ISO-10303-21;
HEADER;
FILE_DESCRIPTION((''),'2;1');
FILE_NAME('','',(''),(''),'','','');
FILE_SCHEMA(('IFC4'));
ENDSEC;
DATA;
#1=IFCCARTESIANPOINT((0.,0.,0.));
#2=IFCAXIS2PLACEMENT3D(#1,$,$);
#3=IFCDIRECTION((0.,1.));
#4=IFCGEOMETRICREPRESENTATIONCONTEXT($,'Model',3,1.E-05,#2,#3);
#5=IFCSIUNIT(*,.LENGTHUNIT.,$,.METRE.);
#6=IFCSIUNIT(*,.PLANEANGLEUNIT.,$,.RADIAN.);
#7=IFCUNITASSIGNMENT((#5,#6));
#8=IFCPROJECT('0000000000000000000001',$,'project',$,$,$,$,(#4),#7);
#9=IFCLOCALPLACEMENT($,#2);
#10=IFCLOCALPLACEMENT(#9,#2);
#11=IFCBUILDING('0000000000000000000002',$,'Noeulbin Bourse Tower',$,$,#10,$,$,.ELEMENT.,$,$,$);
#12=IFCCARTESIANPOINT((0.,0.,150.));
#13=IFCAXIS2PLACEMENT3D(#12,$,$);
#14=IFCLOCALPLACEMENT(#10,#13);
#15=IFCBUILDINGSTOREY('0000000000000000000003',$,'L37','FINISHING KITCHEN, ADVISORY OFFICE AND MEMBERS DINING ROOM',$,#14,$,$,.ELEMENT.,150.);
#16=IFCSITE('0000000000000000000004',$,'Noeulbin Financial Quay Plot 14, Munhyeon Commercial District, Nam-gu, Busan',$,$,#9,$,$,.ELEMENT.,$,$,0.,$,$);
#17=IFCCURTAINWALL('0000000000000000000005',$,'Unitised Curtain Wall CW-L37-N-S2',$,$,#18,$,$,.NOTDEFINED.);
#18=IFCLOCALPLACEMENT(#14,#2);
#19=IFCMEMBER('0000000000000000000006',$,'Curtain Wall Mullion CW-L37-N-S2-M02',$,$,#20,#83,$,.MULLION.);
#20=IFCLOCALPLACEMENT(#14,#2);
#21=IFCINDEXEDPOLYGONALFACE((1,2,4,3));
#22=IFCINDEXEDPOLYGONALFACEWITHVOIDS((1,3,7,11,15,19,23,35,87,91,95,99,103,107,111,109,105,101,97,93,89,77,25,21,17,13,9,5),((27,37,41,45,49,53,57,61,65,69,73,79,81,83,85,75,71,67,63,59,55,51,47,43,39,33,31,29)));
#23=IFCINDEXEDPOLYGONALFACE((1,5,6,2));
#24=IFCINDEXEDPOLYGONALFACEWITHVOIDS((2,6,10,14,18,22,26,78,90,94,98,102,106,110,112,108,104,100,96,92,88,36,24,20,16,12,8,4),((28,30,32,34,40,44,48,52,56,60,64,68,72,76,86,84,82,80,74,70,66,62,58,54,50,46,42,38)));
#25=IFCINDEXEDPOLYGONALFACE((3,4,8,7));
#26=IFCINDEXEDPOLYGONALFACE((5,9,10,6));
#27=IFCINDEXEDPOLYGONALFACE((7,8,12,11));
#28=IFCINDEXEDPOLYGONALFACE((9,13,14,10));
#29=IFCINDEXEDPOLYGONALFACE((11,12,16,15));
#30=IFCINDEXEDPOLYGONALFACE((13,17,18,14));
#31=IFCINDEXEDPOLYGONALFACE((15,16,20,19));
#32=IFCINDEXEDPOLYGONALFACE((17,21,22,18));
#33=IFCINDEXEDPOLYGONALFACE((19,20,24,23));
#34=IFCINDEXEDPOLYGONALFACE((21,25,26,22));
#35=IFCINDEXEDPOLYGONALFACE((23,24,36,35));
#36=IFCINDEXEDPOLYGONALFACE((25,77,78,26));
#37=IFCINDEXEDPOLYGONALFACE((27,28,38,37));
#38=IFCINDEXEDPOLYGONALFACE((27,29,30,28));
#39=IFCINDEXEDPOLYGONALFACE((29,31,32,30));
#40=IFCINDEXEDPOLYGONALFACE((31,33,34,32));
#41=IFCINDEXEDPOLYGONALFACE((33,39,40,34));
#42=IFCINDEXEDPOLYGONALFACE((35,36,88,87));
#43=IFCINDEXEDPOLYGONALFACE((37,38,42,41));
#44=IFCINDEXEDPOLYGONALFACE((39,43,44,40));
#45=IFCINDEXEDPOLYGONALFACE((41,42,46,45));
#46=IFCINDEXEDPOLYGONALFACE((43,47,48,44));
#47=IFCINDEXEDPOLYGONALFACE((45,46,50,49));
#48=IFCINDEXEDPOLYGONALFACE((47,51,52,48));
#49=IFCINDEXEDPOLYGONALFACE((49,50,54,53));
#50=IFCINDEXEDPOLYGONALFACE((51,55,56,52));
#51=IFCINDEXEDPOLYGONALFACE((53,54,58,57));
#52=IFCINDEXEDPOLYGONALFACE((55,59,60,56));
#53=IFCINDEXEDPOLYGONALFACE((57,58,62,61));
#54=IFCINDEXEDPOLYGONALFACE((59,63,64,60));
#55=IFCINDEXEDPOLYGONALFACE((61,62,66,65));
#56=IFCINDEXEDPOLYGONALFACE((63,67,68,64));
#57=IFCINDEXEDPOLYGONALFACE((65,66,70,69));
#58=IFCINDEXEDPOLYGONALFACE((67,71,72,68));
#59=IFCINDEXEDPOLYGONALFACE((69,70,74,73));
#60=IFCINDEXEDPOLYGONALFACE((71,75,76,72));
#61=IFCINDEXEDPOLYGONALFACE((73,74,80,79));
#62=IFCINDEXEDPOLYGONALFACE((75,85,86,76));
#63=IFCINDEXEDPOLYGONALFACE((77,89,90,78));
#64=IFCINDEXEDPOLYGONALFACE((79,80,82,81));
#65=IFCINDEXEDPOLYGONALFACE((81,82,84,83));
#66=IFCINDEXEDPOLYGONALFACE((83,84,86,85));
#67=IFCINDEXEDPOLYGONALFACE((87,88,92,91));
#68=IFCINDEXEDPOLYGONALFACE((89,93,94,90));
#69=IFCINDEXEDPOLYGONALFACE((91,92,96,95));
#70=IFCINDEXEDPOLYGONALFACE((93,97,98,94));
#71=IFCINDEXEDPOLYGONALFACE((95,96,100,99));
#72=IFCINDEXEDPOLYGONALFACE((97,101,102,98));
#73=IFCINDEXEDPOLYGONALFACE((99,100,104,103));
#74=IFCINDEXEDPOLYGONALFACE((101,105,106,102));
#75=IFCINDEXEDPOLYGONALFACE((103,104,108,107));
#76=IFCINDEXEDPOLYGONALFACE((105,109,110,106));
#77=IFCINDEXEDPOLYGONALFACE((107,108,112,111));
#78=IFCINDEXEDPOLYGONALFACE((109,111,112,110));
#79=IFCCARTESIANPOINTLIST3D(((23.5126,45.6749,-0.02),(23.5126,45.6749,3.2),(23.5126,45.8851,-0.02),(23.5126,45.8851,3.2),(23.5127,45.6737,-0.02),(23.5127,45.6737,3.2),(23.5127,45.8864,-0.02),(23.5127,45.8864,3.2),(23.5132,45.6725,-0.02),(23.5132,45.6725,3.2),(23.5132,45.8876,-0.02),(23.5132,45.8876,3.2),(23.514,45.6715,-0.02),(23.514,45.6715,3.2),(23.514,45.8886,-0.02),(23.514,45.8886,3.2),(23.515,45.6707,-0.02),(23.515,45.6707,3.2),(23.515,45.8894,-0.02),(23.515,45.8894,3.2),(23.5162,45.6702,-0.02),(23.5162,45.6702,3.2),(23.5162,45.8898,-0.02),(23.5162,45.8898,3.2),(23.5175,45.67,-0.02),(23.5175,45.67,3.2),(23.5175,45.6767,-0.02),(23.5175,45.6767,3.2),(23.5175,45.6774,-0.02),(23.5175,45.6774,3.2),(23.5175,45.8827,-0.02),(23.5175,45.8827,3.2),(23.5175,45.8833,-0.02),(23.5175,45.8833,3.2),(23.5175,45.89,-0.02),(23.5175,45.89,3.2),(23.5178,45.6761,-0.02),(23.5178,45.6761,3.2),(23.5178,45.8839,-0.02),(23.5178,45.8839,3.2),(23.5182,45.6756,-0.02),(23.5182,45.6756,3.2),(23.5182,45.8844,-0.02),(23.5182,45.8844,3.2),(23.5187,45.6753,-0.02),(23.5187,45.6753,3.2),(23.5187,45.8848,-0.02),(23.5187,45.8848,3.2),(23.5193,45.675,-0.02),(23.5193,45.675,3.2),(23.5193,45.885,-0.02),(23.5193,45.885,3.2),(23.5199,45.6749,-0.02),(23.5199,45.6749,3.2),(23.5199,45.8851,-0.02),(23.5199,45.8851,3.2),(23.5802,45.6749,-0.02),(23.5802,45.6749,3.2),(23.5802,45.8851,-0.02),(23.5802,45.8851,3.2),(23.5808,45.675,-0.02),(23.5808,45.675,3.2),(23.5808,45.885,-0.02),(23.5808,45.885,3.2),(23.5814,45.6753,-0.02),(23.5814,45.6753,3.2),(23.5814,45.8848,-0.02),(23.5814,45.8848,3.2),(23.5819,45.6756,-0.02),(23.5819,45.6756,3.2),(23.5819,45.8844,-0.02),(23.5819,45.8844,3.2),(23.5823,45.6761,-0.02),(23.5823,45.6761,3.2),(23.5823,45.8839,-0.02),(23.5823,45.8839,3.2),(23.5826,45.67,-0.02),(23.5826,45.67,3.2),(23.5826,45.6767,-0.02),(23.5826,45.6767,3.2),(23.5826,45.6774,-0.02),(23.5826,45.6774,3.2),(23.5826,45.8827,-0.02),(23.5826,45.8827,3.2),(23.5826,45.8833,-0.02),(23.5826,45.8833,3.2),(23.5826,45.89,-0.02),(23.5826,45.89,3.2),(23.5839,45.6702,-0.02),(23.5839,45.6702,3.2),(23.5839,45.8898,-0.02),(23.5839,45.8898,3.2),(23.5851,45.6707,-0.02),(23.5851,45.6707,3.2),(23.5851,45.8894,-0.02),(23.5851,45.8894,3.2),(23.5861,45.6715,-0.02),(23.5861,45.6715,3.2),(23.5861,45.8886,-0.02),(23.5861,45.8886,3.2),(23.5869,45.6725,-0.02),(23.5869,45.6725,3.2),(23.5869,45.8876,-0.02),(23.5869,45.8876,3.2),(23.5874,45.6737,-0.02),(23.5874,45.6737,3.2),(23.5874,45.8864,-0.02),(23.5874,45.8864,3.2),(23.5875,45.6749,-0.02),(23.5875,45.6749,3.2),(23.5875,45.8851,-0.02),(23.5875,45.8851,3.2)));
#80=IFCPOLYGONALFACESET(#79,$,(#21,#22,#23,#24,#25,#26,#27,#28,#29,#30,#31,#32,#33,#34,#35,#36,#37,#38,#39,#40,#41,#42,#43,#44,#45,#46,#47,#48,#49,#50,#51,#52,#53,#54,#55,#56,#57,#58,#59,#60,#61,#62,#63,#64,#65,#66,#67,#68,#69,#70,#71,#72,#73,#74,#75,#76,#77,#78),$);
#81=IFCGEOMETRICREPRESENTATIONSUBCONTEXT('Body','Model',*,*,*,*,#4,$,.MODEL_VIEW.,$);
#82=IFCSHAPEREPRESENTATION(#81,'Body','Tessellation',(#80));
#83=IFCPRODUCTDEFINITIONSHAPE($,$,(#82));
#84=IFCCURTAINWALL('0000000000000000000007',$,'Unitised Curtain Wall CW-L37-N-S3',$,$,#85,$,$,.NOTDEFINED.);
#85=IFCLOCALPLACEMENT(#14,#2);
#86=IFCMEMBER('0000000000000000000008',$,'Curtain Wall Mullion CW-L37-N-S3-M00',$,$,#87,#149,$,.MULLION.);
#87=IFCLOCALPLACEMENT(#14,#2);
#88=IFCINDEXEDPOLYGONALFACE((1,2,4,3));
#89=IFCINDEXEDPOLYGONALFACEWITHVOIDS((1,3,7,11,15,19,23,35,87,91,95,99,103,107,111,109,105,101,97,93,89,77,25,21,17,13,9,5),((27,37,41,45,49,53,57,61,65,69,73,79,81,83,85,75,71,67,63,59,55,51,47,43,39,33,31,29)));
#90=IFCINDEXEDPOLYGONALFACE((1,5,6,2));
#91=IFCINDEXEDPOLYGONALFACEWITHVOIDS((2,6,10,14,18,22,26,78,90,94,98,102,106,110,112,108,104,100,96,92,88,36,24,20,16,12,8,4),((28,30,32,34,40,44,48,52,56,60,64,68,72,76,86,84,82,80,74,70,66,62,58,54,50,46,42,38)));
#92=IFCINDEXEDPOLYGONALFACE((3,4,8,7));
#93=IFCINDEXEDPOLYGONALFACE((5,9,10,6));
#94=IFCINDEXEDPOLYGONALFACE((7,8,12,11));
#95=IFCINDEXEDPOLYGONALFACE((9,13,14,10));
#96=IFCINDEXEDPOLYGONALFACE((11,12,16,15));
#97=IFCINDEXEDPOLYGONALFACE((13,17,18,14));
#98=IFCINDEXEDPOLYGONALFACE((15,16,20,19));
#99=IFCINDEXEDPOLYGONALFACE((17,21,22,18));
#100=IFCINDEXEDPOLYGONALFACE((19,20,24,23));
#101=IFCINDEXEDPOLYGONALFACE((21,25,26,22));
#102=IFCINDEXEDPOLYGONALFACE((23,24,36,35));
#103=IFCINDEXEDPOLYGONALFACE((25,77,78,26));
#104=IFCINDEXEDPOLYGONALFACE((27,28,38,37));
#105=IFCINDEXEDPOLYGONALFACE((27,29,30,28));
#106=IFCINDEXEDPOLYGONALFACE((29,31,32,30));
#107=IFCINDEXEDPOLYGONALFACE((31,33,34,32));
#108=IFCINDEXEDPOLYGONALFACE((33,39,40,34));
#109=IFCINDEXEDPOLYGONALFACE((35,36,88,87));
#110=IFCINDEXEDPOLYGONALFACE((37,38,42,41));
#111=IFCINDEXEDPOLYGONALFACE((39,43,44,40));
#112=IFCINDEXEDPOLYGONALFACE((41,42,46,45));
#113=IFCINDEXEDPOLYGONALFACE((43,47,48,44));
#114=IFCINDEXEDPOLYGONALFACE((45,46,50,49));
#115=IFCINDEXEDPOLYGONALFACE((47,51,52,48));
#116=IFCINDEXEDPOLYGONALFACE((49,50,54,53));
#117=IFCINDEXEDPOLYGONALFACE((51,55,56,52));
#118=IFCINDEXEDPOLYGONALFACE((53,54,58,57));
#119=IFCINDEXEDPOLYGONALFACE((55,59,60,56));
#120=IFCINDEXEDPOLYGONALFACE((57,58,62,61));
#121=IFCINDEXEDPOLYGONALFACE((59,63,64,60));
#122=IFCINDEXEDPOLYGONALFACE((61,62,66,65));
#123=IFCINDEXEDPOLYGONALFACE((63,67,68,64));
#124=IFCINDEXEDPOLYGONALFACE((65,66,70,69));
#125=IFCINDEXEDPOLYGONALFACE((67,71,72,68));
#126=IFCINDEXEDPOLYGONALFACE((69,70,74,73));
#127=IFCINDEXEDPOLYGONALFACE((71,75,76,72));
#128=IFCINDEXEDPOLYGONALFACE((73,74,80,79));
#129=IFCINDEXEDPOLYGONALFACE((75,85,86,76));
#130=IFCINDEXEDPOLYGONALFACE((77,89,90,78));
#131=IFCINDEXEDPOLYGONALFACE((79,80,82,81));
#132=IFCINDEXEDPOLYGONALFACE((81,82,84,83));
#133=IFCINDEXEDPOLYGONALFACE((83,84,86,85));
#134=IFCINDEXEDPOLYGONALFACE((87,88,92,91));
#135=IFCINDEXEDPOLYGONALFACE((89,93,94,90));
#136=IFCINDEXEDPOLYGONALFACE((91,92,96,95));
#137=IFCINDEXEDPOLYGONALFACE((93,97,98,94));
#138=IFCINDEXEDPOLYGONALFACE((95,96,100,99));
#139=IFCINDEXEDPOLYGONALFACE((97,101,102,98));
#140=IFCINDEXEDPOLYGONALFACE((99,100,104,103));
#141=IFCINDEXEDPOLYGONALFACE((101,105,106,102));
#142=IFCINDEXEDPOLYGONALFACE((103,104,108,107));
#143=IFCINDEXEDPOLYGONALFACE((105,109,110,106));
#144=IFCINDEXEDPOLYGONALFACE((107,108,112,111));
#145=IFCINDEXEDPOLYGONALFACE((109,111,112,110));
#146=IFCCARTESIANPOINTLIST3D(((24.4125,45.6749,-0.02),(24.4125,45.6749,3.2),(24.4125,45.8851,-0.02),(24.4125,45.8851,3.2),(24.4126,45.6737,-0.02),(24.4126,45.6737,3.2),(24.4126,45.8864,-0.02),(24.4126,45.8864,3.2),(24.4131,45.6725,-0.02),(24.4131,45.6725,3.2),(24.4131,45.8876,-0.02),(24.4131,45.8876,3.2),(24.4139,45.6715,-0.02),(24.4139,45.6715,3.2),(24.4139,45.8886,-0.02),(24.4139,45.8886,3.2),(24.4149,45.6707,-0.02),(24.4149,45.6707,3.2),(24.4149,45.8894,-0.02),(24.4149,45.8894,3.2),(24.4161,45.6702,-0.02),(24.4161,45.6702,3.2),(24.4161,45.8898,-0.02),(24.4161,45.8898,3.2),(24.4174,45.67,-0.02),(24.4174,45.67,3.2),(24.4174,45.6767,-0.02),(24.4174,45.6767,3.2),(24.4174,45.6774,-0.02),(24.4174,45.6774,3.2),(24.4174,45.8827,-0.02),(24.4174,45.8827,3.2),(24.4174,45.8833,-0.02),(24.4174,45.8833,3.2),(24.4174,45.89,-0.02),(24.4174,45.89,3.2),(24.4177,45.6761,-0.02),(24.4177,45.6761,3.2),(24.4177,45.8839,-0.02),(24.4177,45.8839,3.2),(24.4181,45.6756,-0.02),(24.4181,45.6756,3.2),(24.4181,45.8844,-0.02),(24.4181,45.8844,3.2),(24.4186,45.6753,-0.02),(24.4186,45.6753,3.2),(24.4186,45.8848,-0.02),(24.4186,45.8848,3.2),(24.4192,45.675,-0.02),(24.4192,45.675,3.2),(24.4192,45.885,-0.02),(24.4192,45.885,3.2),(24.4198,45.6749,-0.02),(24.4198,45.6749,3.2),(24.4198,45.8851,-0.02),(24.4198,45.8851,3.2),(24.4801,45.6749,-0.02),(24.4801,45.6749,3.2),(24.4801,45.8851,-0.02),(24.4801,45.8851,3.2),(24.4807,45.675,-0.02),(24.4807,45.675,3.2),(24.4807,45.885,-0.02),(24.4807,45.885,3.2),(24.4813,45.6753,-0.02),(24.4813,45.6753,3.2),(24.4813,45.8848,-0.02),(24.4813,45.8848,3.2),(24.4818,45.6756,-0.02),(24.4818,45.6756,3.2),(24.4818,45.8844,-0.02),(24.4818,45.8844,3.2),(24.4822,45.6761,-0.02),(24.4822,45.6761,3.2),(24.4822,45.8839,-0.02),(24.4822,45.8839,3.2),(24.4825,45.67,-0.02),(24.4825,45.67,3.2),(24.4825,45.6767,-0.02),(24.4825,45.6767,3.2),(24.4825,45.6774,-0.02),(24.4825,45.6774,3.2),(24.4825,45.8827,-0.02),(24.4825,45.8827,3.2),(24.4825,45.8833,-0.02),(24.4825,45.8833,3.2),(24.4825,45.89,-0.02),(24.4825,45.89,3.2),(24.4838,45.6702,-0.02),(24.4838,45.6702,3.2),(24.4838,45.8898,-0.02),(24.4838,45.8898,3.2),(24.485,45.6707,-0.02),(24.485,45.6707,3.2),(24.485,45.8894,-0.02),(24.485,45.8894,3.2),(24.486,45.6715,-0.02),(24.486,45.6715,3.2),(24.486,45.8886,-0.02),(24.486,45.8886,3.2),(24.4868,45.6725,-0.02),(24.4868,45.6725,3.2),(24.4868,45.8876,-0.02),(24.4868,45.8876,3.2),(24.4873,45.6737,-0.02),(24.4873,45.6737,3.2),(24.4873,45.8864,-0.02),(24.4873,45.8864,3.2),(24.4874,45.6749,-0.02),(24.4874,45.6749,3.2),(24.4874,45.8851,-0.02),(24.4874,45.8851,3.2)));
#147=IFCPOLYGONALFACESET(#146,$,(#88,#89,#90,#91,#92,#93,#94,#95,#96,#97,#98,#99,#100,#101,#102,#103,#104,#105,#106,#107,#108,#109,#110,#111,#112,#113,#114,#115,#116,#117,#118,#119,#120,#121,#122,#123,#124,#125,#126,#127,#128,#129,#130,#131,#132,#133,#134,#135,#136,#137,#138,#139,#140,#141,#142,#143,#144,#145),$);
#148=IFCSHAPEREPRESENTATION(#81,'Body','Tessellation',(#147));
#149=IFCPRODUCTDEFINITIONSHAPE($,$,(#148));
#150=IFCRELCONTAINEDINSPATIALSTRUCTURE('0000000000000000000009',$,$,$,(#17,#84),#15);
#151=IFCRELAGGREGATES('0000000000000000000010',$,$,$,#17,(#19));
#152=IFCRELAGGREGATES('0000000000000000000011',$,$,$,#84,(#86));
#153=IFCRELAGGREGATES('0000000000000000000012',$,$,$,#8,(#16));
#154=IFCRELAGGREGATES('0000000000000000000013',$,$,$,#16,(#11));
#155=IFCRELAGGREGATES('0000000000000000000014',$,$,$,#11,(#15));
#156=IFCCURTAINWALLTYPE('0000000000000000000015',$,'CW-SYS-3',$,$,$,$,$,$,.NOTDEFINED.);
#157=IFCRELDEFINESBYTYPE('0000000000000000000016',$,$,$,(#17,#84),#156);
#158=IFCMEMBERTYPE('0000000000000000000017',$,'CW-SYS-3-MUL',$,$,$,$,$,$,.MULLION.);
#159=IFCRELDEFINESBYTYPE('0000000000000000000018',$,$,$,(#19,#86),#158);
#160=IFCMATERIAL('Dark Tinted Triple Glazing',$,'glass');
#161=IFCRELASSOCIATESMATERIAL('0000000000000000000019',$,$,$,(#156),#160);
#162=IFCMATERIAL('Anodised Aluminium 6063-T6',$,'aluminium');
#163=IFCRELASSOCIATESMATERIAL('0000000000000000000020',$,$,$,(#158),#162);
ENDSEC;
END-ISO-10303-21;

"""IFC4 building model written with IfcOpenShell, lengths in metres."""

from ifc_helpers import new_model, si_unit, direction, frame, origin, origin_2d, place, context, subcontext, project, spatial, hollow_rectangle, extrude, material, material_profile, profile_set, type_object, element, aggregate, save


model = new_model("IFC4")

# Units and contexts
model_context = context("Model", 3, precision=1e-05, world=origin(), true_north=direction((0.0, 1.0)))
body_context = subcontext(model_context, "Body", "Model", "MODEL_VIEW")
ifc_project = project(units=[si_unit("LENGTHUNIT", "METRE"), si_unit("PLANEANGLEUNIT", "RADIAN")], contexts=[model_context])

# Site, building, storey
site_placement = place(None, origin())
site = spatial("IfcSite", under=ifc_project, at=site_placement, Name="Noeulbin Financial Quay Plot 14, Munhyeon Commercial District, Nam-gu, Busan", CompositionType="ELEMENT", RefElevation=0.0)
building_placement = place(site_placement, origin())
building = spatial("IfcBuilding", under=site, at=building_placement, Name="Noeulbin Bourse Tower", CompositionType="ELEMENT")
storey_placement = place(building_placement, frame((0.0, 0.0, 150.0)))
storey = spatial("IfcBuildingStorey", under=building, at=storey_placement, Name="L37", Description="FINISHING KITCHEN, ADVISORY OFFICE AND MEMBERS DINING ROOM", CompositionType="ELEMENT", Elevation=150.0)

# Curtain walls, members
ifc_material_1 = material(Name="Dark Tinted Triple Glazing", Category="glass")
curtain_wall_type = type_object("IfcCurtainWallType", Name="CW-SYS-3", PredefinedType="NOTDEFINED", material=ifc_material_1)
curtain_wall_1_placement = place(storey_placement, origin())
curtain_wall_1 = element("IfcCurtainWall", 1, at=curtain_wall_1_placement, inside=storey, type_object=curtain_wall_type, Name="Unitised Curtain Wall CW-L37-N-S2", PredefinedType="NOTDEFINED")
ifc_material_2 = material(Name="Anodised Aluminium 6063-T6", Category="aluminium")
ifc_material_profile_1 = material_profile(ifc_material_2, hollow_rectangle(XDim=0.075, YDim=0.22, WallThickness=0.0049, InnerFilletRadius=0.0024, OuterFilletRadius=0.0049, at=origin_2d()), Name="ALU-MULL-75x220x5", Category="LoadBearing")
ifc_profile_set_1 = profile_set([ifc_material_profile_1], Name="Anodised Aluminium 6063-T6")
member_type_1 = type_object("IfcMemberType", Name="CW-SYS-3-MUL", PredefinedType="MULLION", material=ifc_profile_set_1)
member_1_placement = place(storey_placement, frame((23.55, 45.78, -0.02), z_axis=(0.0, 0.0, 1.0), x_axis=(1.0, 0.0, 0.0)))
member_1 = element("IfcMember", 2, at=member_1_placement, type_object=member_type_1, Name="Curtain Wall Mullion CW-L37-N-S2-M02", PredefinedType="MULLION", context=body_context, shape_type="SweptSolid", body=[
    extrude(hollow_rectangle(XDim=0.075, YDim=0.22, WallThickness=0.0049, InnerFilletRadius=0.0024, OuterFilletRadius=0.0049, at=origin_2d()), origin(), (0.0, 0.0, 1.0), 3.22),
])
curtain_wall_2_placement = place(storey_placement, origin())
curtain_wall_2 = element("IfcCurtainWall", 3, at=curtain_wall_2_placement, inside=storey, type_object=curtain_wall_type, Name="Unitised Curtain Wall CW-L37-N-S3", PredefinedType="NOTDEFINED")
member_2_placement = place(storey_placement, frame((24.45, 45.78, -0.02), z_axis=(0.0, 0.0, 1.0), x_axis=(1.0, 0.0, 0.0)))
member_2 = element("IfcMember", 4, at=member_2_placement, type_object=member_type_1, Name="Curtain Wall Mullion CW-L37-N-S3-M00", PredefinedType="MULLION", context=body_context, shape_type="SweptSolid", body=[
    extrude(hollow_rectangle(XDim=0.075, YDim=0.22, WallThickness=0.0049, InnerFilletRadius=0.0024, OuterFilletRadius=0.0049, at=origin_2d()), origin(), (0.0, 0.0, 1.0), 3.22),
])

aggregate(curtain_wall_1, [member_1])
aggregate(curtain_wall_2, [member_2])

save(model, "model.ifc")
